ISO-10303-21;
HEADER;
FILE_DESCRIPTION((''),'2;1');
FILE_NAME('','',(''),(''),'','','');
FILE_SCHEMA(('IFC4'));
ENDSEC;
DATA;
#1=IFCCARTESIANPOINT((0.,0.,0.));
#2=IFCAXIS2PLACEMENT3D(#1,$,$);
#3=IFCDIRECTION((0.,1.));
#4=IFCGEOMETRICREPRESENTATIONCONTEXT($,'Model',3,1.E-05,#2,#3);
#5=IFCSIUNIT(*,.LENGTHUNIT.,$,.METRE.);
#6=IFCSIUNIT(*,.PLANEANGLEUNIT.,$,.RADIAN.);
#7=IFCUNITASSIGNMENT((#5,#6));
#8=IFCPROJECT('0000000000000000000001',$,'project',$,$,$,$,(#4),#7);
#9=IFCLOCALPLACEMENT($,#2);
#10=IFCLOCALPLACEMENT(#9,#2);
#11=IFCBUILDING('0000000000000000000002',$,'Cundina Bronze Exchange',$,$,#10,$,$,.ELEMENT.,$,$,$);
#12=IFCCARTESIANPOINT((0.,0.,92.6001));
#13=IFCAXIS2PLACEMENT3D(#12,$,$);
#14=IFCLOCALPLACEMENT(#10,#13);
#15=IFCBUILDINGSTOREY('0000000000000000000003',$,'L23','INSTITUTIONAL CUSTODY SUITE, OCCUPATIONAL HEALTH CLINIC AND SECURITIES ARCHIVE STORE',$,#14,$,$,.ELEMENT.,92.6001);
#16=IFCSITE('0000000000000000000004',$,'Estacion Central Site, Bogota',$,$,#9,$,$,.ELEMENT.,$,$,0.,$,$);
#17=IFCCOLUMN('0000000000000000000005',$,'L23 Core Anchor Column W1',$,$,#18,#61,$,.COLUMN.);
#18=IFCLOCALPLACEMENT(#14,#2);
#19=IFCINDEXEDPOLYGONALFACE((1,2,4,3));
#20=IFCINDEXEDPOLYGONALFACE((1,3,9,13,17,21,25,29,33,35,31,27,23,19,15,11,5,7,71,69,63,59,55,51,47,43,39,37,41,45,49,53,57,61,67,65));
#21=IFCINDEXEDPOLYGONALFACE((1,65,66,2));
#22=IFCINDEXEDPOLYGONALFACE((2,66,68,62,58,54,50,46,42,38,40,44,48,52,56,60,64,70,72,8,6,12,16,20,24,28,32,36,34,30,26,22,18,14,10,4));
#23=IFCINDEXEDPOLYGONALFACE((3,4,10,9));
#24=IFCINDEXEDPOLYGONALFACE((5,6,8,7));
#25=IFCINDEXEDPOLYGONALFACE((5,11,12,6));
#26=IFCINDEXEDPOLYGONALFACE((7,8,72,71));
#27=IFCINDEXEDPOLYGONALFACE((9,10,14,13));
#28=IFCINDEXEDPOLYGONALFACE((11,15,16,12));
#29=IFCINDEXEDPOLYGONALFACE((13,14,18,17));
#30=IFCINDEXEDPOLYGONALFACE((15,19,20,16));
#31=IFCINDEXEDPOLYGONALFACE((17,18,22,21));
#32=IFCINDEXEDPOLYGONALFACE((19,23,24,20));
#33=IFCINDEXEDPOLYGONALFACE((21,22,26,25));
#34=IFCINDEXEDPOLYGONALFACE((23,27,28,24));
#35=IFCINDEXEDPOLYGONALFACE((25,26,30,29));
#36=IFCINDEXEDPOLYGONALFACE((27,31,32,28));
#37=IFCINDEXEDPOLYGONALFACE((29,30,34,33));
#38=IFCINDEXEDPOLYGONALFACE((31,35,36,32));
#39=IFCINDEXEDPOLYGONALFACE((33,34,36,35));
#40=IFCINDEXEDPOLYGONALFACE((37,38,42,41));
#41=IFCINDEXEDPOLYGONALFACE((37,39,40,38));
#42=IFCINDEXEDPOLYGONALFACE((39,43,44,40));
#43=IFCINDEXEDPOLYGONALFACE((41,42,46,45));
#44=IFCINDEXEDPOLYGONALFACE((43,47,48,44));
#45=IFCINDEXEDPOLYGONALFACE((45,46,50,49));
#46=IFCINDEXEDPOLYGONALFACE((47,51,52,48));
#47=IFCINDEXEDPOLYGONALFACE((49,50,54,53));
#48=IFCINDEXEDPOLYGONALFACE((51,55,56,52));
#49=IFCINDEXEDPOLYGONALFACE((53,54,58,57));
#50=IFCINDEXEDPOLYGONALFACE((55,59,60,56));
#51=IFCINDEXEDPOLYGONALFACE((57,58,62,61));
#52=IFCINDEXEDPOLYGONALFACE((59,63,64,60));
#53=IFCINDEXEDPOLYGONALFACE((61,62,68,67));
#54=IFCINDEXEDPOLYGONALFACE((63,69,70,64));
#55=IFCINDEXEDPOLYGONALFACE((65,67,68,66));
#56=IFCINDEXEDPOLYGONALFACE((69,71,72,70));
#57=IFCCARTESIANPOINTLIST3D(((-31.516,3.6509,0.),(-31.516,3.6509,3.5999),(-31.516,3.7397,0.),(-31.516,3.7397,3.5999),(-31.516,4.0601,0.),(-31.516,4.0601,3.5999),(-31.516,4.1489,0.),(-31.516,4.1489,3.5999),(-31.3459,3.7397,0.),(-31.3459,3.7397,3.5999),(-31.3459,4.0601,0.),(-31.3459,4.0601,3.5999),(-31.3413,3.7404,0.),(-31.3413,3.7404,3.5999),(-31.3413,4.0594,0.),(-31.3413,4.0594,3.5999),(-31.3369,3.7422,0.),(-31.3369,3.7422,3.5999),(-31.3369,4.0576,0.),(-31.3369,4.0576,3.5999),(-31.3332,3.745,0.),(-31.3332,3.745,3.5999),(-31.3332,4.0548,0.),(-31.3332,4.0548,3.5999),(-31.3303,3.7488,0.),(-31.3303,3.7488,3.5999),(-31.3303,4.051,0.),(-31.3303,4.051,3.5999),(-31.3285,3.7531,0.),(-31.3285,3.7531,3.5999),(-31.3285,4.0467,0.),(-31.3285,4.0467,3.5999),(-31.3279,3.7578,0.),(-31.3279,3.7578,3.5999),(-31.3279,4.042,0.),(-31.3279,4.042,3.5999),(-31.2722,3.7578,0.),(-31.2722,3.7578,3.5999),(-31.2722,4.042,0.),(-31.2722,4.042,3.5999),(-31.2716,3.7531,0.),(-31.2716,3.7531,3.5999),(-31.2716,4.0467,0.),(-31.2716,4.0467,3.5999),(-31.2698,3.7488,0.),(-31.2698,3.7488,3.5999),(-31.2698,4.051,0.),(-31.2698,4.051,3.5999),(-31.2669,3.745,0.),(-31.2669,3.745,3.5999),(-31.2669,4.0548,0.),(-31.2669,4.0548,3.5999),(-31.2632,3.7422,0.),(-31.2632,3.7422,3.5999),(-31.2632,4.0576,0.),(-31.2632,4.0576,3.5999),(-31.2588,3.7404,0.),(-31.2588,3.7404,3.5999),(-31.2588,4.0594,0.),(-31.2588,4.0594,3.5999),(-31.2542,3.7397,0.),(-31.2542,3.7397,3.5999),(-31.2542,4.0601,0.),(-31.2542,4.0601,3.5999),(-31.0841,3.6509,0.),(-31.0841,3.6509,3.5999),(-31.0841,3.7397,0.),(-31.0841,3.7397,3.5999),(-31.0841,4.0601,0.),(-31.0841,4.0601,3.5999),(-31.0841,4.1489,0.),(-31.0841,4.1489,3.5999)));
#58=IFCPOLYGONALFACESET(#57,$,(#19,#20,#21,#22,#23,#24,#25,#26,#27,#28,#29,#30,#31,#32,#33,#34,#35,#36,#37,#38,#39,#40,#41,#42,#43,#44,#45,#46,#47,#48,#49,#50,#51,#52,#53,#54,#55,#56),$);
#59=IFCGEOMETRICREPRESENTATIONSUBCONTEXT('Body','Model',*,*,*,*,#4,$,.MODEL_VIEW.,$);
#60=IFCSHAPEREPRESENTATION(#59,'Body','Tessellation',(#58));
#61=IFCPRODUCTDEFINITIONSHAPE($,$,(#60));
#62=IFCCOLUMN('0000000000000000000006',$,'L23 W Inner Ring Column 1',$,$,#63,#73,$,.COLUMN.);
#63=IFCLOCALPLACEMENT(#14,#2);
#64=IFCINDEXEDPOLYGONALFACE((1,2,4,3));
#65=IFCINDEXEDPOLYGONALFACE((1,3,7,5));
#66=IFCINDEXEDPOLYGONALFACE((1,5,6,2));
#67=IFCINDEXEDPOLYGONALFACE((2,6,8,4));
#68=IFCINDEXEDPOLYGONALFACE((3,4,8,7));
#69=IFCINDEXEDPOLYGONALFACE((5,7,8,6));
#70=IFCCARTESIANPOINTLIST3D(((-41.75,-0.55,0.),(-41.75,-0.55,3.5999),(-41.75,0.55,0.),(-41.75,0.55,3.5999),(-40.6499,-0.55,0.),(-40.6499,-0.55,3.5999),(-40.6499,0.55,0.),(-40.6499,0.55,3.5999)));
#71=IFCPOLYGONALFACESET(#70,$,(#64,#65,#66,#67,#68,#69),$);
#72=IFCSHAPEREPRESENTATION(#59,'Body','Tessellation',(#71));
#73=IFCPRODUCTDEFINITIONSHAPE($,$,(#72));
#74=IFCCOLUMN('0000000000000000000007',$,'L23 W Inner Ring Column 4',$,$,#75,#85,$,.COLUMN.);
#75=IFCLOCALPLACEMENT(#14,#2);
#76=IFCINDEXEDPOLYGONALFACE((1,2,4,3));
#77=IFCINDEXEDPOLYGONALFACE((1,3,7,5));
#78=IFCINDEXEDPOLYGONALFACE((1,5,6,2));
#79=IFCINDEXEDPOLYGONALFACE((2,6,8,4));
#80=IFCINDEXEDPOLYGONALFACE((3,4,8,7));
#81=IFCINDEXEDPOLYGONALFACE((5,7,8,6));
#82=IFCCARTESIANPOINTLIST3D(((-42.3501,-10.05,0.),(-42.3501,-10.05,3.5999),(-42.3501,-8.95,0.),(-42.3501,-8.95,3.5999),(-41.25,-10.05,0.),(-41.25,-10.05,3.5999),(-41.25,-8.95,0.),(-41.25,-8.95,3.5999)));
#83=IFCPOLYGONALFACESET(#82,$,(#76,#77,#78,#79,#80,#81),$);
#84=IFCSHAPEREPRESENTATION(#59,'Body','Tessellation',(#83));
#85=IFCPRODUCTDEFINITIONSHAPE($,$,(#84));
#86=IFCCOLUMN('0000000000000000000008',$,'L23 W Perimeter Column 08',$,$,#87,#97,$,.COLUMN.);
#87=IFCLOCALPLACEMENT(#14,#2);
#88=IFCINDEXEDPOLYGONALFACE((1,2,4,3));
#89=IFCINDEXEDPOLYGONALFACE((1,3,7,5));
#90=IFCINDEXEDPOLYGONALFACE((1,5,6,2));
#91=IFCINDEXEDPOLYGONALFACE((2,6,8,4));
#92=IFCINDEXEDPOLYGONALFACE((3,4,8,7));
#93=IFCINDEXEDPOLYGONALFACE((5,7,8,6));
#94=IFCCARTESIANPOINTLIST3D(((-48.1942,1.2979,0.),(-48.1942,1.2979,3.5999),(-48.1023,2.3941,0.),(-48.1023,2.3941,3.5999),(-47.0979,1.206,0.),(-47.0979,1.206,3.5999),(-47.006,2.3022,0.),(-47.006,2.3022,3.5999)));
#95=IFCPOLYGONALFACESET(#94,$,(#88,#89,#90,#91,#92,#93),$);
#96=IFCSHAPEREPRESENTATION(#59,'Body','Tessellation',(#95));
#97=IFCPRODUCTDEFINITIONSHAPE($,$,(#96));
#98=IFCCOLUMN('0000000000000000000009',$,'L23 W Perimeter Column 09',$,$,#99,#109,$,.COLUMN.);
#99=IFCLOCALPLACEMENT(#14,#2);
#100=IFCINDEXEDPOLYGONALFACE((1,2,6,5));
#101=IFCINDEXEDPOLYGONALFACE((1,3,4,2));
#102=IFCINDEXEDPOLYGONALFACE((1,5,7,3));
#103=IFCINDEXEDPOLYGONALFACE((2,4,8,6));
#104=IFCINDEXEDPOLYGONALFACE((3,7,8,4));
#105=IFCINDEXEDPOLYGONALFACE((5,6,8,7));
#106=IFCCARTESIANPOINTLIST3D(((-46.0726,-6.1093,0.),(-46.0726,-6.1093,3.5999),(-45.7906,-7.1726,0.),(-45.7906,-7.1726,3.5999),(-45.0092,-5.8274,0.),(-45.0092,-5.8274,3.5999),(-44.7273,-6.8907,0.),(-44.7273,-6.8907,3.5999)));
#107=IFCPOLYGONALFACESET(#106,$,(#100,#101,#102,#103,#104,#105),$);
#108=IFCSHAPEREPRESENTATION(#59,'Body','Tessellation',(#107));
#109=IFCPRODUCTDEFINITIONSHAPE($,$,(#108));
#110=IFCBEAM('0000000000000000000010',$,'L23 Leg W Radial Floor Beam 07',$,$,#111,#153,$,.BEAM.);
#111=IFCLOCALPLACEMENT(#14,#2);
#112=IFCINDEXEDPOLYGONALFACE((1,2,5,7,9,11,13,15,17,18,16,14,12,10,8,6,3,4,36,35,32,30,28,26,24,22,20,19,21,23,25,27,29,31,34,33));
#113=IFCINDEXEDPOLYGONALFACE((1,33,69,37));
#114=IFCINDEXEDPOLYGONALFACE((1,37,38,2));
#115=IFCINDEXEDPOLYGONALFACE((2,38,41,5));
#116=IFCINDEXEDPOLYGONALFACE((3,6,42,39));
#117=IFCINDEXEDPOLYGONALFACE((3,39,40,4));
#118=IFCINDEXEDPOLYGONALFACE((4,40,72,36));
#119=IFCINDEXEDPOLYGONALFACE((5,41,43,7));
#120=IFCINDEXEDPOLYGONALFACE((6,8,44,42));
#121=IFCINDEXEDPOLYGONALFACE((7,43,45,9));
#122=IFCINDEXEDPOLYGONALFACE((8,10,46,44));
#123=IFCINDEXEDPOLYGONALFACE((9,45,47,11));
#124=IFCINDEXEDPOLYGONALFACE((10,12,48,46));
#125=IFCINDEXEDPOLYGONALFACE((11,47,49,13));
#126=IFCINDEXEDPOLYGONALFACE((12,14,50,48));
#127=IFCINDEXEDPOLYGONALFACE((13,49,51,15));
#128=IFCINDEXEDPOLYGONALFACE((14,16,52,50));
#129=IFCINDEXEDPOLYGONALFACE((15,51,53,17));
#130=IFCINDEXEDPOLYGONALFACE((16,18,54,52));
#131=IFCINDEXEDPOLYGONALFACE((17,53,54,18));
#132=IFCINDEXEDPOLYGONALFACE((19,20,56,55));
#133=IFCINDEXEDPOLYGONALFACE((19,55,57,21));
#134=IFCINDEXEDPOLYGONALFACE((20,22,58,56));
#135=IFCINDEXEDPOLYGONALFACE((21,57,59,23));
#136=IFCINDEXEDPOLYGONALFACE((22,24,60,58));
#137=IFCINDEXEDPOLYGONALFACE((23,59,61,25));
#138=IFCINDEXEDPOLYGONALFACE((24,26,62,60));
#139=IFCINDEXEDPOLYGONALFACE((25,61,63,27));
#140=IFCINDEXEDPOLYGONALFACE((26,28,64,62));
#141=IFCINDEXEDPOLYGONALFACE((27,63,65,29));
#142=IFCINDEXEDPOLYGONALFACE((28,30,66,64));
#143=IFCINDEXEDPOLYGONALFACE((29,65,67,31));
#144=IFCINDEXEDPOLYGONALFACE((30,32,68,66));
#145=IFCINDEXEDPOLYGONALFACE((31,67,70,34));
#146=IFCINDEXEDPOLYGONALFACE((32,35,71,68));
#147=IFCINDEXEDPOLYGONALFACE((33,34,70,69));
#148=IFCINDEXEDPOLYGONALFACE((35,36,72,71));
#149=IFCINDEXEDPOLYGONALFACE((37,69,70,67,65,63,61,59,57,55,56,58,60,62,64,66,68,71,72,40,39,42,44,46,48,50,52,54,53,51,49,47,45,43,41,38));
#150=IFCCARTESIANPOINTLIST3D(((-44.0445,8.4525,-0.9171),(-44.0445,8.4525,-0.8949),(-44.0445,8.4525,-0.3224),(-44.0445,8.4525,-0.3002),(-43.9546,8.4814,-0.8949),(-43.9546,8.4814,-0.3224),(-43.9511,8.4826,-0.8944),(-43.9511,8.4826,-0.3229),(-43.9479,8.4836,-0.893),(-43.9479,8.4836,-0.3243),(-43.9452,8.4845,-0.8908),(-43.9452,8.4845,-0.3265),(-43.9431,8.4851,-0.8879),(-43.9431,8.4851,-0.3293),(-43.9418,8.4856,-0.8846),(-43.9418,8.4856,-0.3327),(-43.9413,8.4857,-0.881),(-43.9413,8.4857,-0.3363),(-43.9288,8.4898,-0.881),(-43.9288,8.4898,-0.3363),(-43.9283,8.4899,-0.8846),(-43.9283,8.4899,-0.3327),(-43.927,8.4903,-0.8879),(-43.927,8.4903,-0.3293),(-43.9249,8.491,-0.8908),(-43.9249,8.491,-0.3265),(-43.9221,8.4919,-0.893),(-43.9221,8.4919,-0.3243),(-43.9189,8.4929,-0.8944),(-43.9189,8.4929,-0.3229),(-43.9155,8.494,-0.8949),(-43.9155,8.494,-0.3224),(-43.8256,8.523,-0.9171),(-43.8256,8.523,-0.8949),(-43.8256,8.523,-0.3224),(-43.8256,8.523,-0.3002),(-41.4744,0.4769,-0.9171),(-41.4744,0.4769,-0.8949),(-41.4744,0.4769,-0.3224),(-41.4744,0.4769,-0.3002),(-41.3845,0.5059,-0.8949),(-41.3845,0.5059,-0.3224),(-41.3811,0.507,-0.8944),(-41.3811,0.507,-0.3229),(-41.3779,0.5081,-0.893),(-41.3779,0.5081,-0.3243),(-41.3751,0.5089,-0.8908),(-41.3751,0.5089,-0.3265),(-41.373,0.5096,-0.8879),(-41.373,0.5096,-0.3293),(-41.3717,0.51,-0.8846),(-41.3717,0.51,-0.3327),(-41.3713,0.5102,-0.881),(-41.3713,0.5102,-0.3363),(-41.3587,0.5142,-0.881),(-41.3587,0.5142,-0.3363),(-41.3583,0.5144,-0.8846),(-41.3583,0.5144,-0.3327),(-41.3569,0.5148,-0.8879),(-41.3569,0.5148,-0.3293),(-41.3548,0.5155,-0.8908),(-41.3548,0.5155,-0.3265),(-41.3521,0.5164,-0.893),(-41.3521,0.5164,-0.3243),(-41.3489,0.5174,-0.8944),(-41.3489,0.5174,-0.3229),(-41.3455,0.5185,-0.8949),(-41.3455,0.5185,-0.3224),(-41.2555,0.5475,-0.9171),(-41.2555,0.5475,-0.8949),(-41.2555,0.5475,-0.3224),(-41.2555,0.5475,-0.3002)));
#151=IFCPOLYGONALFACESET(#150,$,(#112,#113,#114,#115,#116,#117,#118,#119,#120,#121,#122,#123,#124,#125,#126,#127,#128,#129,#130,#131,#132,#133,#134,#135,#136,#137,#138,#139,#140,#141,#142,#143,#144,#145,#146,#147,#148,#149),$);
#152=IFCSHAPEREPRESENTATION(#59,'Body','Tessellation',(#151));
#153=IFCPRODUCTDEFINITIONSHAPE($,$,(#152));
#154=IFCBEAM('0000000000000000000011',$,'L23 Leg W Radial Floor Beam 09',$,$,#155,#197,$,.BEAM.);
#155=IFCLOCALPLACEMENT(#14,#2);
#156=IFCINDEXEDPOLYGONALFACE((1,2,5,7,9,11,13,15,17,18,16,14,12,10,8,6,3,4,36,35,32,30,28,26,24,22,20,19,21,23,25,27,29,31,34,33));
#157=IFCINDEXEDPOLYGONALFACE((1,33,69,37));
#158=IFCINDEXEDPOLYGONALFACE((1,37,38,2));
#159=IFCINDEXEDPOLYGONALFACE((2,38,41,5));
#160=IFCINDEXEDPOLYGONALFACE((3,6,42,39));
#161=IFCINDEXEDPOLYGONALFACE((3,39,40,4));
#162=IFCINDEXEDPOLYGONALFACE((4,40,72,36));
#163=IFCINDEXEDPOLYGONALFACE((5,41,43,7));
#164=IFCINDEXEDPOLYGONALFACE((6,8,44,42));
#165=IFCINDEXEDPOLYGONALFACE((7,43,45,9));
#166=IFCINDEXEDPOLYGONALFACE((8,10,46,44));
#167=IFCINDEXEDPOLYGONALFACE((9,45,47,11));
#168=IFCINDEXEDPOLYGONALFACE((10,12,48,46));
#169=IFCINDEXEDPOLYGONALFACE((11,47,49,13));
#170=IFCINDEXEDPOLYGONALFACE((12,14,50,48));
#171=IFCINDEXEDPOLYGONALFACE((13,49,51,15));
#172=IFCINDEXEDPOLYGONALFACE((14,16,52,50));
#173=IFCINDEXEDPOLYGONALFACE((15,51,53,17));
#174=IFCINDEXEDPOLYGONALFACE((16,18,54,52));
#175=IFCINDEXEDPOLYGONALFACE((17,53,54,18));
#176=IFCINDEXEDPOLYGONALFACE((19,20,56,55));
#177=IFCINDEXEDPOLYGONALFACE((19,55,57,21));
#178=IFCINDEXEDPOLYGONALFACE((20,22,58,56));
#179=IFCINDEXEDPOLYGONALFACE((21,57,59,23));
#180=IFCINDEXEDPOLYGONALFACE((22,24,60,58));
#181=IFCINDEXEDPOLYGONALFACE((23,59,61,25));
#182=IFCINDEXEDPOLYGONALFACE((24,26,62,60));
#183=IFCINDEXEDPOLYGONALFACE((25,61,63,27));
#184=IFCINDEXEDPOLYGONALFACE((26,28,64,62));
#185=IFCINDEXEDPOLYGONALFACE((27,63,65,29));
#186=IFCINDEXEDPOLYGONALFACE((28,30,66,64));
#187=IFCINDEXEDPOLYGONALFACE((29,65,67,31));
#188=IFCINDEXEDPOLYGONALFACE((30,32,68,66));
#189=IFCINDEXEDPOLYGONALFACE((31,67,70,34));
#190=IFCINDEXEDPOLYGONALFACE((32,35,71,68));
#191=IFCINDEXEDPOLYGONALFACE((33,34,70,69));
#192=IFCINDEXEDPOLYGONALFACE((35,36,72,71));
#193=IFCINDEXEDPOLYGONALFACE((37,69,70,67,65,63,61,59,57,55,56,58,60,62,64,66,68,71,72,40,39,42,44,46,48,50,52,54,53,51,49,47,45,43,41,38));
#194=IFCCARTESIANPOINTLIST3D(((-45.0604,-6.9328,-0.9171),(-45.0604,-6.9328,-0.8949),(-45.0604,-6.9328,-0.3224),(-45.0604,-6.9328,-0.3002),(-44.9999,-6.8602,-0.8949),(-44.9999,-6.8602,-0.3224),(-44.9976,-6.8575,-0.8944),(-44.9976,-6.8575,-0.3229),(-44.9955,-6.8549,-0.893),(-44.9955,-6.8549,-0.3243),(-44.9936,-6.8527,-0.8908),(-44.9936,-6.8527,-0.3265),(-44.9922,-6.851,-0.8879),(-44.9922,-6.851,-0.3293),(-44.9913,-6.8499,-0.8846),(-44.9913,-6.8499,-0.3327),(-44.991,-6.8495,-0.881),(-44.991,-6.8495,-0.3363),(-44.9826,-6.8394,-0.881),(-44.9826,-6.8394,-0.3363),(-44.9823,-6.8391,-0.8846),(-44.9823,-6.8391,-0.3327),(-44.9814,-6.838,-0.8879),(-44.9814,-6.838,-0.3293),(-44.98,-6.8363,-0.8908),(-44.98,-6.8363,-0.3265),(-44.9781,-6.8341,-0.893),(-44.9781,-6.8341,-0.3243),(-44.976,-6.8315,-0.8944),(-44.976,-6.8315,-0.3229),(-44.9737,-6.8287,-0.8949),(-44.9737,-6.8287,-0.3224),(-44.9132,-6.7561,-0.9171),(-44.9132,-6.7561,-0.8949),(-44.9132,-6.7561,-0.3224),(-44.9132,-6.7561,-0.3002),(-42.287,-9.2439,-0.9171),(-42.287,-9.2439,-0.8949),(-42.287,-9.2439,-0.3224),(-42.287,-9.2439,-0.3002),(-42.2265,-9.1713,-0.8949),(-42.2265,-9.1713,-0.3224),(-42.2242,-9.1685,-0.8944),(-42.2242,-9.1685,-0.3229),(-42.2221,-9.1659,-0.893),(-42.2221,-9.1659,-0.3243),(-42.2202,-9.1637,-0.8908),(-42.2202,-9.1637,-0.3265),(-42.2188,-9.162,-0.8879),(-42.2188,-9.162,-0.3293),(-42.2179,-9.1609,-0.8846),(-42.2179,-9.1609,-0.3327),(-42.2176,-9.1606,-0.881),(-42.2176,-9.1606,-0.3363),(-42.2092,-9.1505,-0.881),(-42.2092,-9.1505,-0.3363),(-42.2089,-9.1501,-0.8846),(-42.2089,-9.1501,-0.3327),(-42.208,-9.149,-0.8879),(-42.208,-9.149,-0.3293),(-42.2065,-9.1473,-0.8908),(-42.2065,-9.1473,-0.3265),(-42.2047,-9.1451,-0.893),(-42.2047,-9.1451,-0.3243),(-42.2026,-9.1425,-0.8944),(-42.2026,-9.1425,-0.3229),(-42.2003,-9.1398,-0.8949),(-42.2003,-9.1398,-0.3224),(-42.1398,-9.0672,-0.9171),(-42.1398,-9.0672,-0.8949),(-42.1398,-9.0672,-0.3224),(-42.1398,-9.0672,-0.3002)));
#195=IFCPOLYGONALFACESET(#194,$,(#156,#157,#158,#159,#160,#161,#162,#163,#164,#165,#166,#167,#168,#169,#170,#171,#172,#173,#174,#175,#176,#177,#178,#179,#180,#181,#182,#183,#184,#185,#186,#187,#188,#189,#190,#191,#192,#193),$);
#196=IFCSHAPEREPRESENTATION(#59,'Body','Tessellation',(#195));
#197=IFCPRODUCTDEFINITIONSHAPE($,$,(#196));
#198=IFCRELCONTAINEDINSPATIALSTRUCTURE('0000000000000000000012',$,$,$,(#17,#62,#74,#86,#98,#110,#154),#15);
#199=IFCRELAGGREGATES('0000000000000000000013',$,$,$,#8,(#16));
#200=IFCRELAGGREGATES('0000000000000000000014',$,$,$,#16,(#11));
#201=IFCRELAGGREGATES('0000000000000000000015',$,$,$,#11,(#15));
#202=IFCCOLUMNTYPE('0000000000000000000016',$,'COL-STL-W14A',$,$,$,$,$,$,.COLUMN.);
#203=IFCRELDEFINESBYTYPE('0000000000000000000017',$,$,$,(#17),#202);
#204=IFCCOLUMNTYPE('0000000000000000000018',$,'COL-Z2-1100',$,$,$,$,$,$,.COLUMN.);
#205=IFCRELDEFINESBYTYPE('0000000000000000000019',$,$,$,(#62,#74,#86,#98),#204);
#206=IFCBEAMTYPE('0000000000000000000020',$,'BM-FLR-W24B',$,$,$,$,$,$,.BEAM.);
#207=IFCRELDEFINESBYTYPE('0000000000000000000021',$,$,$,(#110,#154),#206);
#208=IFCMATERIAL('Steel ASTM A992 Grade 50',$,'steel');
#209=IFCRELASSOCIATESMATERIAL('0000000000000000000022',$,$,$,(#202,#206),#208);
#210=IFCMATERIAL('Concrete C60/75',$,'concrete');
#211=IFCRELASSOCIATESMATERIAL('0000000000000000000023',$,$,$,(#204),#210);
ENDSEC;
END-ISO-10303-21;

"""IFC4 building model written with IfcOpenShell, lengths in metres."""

from ifc_helpers import new_model, si_unit, direction, frame, origin, origin_2d, place, context, subcontext, project, spatial, rectangle, i_section, extrude, material, material_profile, profile_set, type_object, element, save


model = new_model("IFC4")

# Units and contexts
model_context = context("Model", 3, precision=1e-05, world=origin(), true_north=direction((0.0, 1.0)))
body_context = subcontext(model_context, "Body", "Model", "MODEL_VIEW")
ifc_project = project(units=[si_unit("LENGTHUNIT", "METRE"), si_unit("PLANEANGLEUNIT", "RADIAN")], contexts=[model_context])

# Site, building, storey
site_placement = place(None, origin())
site = spatial("IfcSite", under=ifc_project, at=site_placement, Name="Estacion Central Site, Bogota", CompositionType="ELEMENT", RefElevation=0.0)
building_placement = place(site_placement, origin())
building = spatial("IfcBuilding", under=site, at=building_placement, Name="Cundina Bronze Exchange", CompositionType="ELEMENT")
storey_placement = place(building_placement, frame((0.0, 0.0, 92.6001)))
storey = spatial("IfcBuildingStorey", under=building, at=storey_placement, Name="L23", Description="INSTITUTIONAL CUSTODY SUITE, OCCUPATIONAL HEALTH CLINIC AND SECURITIES ARCHIVE STORE", CompositionType="ELEMENT", Elevation=92.6001)

# Columns
ifc_material_1 = material(Name="Steel ASTM A992 Grade 50", Category="steel")
ifc_material_profile_1 = material_profile(ifc_material_1, i_section(OverallWidth=0.4319, OverallDepth=0.498, WebThickness=0.0557, FlangeThickness=0.0889, FilletRadius=0.0181, at=origin_2d()), Name="W14X500", Category="steel")
ifc_profile_set_1 = profile_set([ifc_material_profile_1], Name="Steel ASTM A992 Grade 50")
column_type_1 = type_object("IfcColumnType", Name="COL-STL-W14A", PredefinedType="COLUMN", material=ifc_profile_set_1)
column_placement = place(storey_placement, frame((-31.3, 3.8999, 0.0), z_axis=(0.0, 0.0, 1.0), x_axis=(1.0, 0.0, 0.0)))
element("IfcColumn", 1, at=column_placement, inside=storey, type_object=column_type_1, Name="L23 Core Anchor Column W1", PredefinedType="COLUMN", context=body_context, shape_type="SweptSolid", body=[
    extrude(i_section(OverallWidth=0.4319, OverallDepth=0.498, WebThickness=0.0557, FlangeThickness=0.0889, FilletRadius=0.0181, at=origin_2d()), origin(), (0.0, 0.0, 1.0), 3.5999),
])
ifc_material_2 = material(Name="Concrete C60/75", Category="concrete")
ifc_material_profile_2 = material_profile(ifc_material_2, rectangle(XDim=1.1001, YDim=1.1001, at=origin_2d()), Name="RC1100X1100", Category="concrete")
ifc_profile_set_2 = profile_set([ifc_material_profile_2], Name="Concrete C60/75")
column_type_2 = type_object("IfcColumnType", Name="COL-Z2-1100", PredefinedType="COLUMN", material=ifc_profile_set_2)
for number, where, z_axis, x_axis, name in (
    (2, (-41.2, 0.0, 0.0), (0.0, 0.0, 1.0), (1.0, 0.0, 0.0), "L23 W Inner Ring Column 1"),
    (3, (-41.8, -9.5, 0.0), (0.0, 0.0, 1.0), (1.0, 0.0, 0.0), "L23 W Inner Ring Column 4"),
    (4, (-47.6001, 1.8, 0.0), (0.0, 0.0, 1.0), (-0.083504, -0.996507, 0.0), "L23 W Perimeter Column 08"),
    (5, (-45.3999, -6.5, 0.0), (0.0, 0.0, 1.0), (0.256289, -0.9666, 0.0), "L23 W Perimeter Column 09"),
):
    element("IfcColumn", number, at=place(storey_placement, frame(where, z_axis=z_axis, x_axis=x_axis)), inside=storey, type_object=column_type_2, Name=name, PredefinedType="COLUMN", context=body_context, shape_type="SweptSolid", body=[
        extrude(rectangle(XDim=1.1001, YDim=1.1001, at=origin_2d()), origin(), (0.0, 0.0, 1.0), 3.5999),
    ])

# Beams
ifc_material_profile_3 = material_profile(ifc_material_1, i_section(OverallWidth=0.23, OverallDepth=0.6169, WebThickness=0.0132, FlangeThickness=0.0222, FilletRadius=0.0139, at=origin_2d()), Name="W24X94", Category="steel")
ifc_profile_set_3 = profile_set([ifc_material_profile_3], Name="Steel ASTM A992 Grade 50")
beam_type_1 = type_object("IfcBeamType", Name="BM-FLR-W24B", PredefinedType="BEAM", material=ifc_profile_set_3)
beam_1_placement = place(storey_placement, frame((-41.365, 0.5122, -0.6086), z_axis=(-0.306711, 0.951803, 0.0), x_axis=(-0.951803, -0.306711, 0.0)))
element("IfcBeam", 6, at=beam_1_placement, inside=storey, type_object=beam_type_1, Name="L23 Leg W Radial Floor Beam 07", PredefinedType="BEAM", context=body_context, shape_type="SweptSolid", body=[
    extrude(i_section(OverallWidth=0.23, OverallDepth=0.6169, WebThickness=0.0132, FlangeThickness=0.0222, FilletRadius=0.0139, at=origin_2d()), origin(), (0.0, 0.0, 1.0), 8.3794),
])
beam_2_placement = place(storey_placement, frame((-42.2134, -9.1555, -0.6086), z_axis=(-0.768243, 0.640158, 0.0), x_axis=(-0.640158, -0.768243, 0.0)))
element("IfcBeam", 7, at=beam_2_placement, inside=storey, type_object=beam_type_1, Name="L23 Leg W Radial Floor Beam 09", PredefinedType="BEAM", context=body_context, shape_type="SweptSolid", body=[
    extrude(i_section(OverallWidth=0.23, OverallDepth=0.6169, WebThickness=0.0132, FlangeThickness=0.0222, FilletRadius=0.0139, at=origin_2d()), origin(), (0.0, 0.0, 1.0), 3.6101),
])

save(model, "model.ifc")
